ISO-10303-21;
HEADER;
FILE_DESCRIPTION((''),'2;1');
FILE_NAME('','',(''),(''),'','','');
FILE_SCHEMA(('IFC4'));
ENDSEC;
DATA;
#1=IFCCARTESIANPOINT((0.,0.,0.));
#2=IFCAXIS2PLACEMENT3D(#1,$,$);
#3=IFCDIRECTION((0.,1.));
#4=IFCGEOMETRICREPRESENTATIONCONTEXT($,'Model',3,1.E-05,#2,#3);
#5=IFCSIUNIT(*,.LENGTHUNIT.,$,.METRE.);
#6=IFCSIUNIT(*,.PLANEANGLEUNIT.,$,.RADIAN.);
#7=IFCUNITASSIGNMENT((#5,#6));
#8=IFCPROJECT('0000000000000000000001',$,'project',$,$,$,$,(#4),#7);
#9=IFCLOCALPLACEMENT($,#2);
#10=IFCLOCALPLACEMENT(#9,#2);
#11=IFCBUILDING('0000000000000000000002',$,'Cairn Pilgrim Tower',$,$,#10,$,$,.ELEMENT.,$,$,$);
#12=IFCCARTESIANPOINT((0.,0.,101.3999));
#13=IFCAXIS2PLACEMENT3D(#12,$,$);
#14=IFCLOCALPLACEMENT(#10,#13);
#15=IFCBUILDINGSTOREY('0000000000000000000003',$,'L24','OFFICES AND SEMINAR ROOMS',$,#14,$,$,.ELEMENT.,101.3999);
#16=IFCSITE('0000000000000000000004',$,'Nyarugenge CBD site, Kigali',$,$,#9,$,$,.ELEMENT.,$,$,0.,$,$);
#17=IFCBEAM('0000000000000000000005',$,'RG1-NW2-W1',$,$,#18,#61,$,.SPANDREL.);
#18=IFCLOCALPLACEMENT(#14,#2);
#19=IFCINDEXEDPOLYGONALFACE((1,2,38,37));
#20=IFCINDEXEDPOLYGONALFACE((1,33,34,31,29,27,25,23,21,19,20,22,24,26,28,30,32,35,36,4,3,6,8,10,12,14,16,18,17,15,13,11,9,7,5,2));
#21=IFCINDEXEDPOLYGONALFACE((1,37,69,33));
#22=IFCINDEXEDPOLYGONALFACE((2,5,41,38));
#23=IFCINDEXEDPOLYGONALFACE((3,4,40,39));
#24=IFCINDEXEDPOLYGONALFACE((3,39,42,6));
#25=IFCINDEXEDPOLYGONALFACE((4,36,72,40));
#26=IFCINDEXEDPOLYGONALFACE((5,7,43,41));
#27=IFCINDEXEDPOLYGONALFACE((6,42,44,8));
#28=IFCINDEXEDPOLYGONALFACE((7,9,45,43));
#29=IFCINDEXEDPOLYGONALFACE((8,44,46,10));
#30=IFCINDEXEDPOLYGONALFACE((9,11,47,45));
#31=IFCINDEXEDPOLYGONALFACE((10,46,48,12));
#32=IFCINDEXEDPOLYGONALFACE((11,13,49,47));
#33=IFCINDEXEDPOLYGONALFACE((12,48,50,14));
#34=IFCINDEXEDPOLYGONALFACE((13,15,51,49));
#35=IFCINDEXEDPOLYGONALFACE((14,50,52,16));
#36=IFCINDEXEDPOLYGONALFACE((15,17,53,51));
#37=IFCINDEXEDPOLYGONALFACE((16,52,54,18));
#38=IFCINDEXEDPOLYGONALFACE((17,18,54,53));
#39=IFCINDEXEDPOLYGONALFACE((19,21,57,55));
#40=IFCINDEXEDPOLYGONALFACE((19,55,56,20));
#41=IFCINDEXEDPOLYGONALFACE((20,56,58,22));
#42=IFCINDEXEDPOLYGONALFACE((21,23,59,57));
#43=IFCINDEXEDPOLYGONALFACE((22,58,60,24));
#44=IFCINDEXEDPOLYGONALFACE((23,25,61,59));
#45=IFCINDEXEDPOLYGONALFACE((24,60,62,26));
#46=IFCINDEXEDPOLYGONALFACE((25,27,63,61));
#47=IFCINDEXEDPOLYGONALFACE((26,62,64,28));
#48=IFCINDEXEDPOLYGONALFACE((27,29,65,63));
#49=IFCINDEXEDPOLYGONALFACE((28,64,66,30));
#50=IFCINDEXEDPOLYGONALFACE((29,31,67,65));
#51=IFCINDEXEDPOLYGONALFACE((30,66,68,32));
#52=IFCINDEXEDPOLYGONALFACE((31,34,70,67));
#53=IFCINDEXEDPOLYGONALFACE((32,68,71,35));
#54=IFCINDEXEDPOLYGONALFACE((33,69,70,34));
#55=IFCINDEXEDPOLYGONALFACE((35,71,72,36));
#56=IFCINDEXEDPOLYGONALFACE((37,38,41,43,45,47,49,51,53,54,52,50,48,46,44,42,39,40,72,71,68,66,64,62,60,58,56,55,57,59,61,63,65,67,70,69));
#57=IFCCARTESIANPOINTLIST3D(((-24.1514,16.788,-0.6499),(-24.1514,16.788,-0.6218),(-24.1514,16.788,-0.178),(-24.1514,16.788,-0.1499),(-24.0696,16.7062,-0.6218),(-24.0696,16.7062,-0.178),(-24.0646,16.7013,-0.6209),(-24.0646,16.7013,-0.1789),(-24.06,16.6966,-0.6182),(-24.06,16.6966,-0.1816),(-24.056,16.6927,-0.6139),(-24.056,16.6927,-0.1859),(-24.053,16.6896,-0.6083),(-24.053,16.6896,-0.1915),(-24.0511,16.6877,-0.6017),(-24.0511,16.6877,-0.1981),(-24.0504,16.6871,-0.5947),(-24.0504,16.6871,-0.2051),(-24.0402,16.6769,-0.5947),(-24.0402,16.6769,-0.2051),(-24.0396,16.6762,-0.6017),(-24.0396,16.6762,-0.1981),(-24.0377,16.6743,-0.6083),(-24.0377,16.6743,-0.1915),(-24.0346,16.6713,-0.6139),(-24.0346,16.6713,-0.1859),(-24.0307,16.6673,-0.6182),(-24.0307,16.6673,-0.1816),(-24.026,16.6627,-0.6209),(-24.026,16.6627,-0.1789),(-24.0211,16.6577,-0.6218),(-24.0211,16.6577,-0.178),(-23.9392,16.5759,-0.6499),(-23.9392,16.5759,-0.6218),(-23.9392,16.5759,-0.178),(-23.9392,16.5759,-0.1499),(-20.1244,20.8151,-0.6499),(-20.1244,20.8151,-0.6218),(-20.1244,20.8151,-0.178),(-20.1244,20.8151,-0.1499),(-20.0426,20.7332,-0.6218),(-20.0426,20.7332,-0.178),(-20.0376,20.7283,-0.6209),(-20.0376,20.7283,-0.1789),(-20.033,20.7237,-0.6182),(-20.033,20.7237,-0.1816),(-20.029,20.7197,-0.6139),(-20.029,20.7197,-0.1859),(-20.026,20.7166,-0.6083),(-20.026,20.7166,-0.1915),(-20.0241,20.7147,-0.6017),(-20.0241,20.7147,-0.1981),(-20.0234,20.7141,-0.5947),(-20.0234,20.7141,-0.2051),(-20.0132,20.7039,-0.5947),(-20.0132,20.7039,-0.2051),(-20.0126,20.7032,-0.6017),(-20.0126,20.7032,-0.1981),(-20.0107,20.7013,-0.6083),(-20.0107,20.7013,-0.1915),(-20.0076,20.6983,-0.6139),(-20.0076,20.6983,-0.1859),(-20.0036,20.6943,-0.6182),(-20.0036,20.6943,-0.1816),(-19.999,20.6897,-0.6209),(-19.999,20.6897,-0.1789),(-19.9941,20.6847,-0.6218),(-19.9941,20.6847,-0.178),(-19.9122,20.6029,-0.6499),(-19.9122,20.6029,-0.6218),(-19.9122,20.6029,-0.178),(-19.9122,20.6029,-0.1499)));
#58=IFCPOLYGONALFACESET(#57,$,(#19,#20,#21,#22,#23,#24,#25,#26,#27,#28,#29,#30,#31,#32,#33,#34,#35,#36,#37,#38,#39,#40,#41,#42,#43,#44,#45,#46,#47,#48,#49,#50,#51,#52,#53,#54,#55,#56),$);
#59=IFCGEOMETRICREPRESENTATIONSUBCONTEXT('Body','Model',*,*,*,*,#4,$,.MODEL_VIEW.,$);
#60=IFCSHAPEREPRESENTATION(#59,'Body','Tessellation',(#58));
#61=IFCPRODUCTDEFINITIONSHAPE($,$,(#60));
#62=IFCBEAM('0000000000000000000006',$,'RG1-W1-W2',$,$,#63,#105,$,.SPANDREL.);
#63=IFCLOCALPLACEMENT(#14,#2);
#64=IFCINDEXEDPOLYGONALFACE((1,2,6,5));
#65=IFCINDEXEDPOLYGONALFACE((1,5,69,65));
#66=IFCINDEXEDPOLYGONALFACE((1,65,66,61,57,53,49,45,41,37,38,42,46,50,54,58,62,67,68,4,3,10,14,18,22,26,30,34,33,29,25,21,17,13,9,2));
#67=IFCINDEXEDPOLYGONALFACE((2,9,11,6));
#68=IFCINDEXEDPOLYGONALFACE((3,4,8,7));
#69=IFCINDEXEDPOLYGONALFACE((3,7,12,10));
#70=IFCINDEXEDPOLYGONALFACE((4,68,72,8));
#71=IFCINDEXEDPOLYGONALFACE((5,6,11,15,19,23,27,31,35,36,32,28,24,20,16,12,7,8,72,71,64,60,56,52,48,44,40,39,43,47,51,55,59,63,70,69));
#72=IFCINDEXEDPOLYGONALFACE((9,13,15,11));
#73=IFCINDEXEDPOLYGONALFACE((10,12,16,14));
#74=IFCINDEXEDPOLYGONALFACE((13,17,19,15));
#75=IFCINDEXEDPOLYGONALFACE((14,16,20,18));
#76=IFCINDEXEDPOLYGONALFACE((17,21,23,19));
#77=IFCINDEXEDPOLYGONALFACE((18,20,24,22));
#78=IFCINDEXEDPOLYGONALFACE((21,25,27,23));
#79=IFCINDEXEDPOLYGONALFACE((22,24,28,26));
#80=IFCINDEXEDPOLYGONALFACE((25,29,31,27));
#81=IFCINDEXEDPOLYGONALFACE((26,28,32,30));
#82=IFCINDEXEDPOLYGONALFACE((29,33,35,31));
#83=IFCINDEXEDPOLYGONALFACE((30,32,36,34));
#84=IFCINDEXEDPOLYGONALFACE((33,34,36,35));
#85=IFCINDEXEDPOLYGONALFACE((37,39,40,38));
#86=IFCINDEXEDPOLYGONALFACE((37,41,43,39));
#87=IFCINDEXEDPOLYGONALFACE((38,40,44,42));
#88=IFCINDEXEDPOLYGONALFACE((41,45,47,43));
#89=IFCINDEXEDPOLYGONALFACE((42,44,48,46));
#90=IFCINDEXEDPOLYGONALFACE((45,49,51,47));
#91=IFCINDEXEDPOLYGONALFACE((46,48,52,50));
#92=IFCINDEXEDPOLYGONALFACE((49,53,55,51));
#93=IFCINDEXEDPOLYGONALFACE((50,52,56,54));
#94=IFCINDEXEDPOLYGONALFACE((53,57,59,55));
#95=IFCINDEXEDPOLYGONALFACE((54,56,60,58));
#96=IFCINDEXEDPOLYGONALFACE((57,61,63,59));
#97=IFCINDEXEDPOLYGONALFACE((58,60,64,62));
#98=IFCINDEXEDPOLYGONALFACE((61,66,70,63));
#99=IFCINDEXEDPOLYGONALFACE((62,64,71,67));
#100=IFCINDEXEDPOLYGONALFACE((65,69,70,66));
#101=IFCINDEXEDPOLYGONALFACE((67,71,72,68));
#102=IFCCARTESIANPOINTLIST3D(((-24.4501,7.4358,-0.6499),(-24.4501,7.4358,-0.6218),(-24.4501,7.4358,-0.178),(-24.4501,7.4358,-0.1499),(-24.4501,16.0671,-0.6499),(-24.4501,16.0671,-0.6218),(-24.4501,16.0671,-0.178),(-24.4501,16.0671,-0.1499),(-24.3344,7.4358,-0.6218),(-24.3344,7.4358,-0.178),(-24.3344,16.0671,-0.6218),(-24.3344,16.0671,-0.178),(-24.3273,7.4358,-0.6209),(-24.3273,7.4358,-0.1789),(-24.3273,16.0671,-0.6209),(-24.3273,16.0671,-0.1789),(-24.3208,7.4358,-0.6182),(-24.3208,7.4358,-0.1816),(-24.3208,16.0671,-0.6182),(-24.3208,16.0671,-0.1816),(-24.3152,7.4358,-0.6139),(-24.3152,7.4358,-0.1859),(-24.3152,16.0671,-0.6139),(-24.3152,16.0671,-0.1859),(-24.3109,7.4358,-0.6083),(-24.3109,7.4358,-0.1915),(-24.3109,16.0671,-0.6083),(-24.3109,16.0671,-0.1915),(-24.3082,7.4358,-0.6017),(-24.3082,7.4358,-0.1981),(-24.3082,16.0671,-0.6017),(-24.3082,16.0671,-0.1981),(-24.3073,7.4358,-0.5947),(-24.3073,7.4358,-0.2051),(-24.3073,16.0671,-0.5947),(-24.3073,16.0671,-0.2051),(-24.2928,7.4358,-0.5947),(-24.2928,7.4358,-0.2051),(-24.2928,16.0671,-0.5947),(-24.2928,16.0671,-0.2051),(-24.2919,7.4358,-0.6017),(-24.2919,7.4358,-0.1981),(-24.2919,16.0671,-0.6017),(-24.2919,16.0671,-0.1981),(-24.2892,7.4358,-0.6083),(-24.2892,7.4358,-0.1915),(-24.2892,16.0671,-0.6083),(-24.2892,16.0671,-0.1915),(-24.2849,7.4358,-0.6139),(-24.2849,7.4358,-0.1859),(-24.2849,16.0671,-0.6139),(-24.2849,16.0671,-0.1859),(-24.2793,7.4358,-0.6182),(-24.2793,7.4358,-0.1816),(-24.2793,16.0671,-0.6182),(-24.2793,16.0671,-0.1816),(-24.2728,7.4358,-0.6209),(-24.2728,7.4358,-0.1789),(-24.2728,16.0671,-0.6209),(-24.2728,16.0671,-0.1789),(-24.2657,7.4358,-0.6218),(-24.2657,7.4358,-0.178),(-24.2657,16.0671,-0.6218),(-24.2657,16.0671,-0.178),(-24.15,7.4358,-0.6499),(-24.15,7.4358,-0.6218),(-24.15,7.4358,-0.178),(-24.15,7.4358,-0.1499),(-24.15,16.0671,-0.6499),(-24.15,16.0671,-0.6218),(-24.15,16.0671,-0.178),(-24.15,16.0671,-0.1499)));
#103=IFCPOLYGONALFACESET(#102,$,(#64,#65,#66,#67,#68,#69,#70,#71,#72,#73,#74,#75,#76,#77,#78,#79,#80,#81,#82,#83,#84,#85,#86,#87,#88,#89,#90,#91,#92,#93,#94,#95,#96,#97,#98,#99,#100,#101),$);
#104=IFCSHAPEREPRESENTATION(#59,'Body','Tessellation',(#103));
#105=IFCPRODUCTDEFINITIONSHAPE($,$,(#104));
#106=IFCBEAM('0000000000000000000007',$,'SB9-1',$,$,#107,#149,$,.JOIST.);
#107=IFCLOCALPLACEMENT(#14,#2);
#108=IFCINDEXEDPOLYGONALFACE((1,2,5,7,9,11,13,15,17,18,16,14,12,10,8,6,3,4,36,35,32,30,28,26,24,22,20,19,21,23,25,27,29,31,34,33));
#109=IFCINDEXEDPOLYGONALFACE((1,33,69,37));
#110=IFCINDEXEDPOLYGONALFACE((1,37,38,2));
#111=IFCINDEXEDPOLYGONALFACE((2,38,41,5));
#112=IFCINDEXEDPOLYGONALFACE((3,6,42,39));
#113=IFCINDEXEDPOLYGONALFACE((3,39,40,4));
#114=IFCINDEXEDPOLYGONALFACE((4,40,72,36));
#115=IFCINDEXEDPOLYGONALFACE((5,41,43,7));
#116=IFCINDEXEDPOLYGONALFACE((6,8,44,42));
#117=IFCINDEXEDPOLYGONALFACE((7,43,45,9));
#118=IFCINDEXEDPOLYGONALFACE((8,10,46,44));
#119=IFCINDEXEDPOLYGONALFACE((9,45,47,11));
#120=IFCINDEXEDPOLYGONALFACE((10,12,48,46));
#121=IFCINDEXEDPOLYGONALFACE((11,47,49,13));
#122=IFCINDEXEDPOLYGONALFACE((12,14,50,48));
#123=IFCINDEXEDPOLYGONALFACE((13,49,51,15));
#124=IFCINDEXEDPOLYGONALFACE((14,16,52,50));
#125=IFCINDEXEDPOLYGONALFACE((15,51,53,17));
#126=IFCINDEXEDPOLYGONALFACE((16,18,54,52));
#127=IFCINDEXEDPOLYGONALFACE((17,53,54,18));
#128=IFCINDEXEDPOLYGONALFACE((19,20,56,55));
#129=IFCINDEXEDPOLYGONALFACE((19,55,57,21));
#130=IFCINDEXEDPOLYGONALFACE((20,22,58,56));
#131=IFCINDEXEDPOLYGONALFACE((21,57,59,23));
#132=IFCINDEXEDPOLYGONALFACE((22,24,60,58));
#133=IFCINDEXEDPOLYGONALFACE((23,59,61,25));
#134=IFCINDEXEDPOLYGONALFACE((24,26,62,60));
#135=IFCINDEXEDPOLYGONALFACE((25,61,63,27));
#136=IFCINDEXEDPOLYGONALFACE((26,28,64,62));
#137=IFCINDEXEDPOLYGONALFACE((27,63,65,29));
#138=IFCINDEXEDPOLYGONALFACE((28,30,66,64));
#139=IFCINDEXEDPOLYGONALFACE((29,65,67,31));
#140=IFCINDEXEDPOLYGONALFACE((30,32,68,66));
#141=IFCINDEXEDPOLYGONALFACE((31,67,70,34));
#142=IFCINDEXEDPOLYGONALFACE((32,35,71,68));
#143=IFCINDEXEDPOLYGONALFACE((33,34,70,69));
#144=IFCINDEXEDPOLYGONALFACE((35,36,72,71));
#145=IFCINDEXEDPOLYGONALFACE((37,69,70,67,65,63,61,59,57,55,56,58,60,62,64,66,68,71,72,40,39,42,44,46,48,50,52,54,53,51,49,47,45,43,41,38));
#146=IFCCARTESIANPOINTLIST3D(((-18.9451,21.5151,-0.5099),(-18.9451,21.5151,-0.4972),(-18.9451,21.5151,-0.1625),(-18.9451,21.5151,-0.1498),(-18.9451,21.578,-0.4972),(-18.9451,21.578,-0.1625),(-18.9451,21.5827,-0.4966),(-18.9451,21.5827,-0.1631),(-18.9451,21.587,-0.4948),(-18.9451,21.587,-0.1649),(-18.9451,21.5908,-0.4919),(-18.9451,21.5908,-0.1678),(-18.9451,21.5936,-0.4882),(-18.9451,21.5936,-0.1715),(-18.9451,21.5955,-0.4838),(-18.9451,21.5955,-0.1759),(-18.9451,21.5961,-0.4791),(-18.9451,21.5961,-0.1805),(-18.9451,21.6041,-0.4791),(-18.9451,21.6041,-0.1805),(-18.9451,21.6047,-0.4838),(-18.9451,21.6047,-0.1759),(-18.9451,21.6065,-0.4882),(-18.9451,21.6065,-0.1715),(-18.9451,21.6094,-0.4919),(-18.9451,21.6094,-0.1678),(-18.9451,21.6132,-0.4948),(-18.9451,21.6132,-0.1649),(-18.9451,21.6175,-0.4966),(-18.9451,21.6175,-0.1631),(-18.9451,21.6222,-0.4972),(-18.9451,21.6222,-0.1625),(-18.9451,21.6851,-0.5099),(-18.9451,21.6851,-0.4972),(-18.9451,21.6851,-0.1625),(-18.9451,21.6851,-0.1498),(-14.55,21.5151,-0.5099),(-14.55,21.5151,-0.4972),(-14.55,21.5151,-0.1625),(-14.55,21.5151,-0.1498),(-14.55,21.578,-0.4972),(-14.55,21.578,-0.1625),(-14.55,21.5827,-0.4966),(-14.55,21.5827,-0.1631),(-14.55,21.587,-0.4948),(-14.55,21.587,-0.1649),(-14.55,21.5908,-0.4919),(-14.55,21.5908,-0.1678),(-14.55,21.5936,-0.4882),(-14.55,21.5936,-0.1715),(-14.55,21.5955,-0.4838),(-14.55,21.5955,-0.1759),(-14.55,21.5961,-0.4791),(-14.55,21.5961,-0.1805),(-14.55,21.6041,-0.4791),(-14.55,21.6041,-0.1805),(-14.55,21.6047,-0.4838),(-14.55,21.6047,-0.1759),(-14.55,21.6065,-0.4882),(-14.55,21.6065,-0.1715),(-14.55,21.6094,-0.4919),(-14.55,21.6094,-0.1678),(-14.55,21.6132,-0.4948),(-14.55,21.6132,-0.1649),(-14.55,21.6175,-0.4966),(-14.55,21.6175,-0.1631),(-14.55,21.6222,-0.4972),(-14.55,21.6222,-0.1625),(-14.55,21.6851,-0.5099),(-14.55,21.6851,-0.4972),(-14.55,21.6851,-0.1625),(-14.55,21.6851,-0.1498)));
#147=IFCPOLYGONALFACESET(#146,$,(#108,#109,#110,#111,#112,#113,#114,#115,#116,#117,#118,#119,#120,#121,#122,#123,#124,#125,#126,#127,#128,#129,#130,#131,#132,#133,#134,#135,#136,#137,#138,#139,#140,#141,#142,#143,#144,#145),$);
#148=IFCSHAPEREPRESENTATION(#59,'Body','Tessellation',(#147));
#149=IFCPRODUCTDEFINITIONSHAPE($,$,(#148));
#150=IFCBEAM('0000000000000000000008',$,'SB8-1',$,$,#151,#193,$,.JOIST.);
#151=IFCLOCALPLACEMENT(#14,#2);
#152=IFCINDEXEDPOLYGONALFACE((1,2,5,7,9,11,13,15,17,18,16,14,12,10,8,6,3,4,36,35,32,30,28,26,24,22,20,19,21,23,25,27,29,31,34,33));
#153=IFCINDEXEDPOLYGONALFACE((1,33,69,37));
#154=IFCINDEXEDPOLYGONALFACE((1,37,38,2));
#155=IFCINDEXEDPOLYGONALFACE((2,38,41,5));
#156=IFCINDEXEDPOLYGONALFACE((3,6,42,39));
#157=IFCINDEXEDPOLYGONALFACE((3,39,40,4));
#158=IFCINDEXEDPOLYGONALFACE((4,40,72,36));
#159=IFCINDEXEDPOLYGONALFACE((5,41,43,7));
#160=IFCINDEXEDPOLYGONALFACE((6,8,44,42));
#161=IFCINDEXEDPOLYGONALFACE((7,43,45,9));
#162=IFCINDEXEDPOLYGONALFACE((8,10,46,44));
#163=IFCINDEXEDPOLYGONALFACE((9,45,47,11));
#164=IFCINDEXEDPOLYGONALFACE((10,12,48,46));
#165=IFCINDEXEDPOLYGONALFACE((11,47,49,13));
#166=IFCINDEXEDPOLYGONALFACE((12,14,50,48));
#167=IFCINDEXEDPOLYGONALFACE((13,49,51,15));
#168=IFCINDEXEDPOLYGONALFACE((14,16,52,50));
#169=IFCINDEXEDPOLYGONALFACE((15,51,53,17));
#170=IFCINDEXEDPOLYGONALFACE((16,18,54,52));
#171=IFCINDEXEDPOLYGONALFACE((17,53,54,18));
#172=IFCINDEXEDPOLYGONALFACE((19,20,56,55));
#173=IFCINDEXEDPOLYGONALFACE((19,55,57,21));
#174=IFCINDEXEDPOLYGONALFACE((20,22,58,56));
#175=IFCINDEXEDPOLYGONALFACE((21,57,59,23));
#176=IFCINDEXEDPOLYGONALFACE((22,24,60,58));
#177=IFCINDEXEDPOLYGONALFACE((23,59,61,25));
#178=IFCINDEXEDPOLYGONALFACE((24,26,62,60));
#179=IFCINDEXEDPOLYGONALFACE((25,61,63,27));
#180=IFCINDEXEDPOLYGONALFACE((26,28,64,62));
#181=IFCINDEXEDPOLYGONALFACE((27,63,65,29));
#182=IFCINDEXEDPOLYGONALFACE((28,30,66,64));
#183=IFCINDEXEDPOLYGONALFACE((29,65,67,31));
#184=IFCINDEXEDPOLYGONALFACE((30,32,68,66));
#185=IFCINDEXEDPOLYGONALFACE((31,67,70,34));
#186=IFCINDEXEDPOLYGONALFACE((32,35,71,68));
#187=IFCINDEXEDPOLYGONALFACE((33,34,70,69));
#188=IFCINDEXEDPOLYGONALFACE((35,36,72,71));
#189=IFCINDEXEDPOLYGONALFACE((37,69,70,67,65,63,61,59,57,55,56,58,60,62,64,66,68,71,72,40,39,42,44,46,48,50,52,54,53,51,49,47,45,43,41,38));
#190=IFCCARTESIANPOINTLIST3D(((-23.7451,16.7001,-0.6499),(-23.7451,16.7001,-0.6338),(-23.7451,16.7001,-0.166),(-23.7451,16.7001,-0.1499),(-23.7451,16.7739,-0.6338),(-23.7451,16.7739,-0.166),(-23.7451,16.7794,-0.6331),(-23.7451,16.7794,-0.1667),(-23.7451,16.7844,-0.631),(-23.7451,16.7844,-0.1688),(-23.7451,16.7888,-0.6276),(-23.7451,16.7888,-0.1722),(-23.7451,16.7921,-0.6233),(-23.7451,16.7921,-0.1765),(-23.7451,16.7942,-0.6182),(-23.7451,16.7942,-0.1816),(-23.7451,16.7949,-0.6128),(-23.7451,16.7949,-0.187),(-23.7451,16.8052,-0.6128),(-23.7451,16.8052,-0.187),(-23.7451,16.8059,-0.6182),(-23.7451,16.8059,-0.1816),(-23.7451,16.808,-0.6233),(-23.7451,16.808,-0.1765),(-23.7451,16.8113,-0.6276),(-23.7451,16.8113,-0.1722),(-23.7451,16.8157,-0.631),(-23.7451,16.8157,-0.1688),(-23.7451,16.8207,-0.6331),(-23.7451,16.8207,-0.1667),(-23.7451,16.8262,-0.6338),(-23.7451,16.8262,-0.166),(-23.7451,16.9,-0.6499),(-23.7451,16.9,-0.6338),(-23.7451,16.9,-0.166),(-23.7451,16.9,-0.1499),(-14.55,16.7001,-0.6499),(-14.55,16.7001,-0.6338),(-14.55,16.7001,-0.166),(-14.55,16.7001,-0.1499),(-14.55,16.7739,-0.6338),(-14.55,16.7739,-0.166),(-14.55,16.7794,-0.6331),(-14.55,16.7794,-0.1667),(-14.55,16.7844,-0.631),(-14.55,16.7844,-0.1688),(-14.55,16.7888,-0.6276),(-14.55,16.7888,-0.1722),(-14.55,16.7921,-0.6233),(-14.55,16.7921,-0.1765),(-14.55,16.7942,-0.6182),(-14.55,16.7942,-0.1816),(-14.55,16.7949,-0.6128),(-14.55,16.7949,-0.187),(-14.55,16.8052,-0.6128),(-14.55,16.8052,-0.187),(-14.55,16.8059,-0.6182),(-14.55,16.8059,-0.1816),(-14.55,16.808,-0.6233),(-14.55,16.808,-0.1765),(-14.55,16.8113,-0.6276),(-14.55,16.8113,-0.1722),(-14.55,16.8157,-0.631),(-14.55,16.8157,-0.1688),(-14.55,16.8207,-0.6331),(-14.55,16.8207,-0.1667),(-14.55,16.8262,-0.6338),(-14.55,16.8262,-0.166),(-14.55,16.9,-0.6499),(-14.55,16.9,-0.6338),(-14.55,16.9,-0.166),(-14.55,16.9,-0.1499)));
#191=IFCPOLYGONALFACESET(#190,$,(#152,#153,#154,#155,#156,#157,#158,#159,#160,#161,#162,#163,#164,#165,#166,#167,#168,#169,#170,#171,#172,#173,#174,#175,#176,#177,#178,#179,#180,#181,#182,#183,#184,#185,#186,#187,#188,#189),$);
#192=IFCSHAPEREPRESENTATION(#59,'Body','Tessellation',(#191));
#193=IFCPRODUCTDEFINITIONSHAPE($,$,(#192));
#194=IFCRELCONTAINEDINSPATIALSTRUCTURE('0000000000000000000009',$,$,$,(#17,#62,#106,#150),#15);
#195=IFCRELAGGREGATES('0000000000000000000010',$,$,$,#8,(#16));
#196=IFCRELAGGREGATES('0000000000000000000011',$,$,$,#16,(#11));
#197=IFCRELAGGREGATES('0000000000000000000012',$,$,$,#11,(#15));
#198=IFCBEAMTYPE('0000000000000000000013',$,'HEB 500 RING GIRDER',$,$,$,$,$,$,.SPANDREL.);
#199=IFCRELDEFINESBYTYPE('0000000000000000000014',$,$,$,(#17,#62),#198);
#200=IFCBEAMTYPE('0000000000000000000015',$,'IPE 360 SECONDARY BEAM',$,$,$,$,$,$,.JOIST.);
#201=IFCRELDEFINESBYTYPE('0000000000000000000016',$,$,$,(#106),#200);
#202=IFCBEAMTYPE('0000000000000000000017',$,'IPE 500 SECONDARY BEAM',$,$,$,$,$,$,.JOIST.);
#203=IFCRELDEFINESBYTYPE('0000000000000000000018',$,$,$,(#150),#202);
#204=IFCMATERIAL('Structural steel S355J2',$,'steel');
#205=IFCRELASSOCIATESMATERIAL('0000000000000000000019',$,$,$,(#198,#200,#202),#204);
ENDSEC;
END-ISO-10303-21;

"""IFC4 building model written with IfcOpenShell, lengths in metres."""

from ifc_helpers import new_model, si_unit, direction, frame, origin, origin_2d, place, context, subcontext, project, spatial, i_section, extrude, material, material_profile, profile_set, type_object, element, save


model = new_model("IFC4")

# Units and contexts
model_context = context("Model", 3, precision=1e-05, world=origin(), true_north=direction((0.0, 1.0)))
body_context = subcontext(model_context, "Body", "Model", "MODEL_VIEW")
ifc_project = project(units=[si_unit("LENGTHUNIT", "METRE"), si_unit("PLANEANGLEUNIT", "RADIAN")], contexts=[model_context])

# Site, building, storey
site_placement = place(None, origin())
site = spatial("IfcSite", under=ifc_project, at=site_placement, Name="Nyarugenge CBD site, Kigali", CompositionType="ELEMENT", RefElevation=0.0)
building_placement = place(site_placement, origin())
building = spatial("IfcBuilding", under=site, at=building_placement, Name="Cairn Pilgrim Tower", CompositionType="ELEMENT")
storey_placement = place(building_placement, frame((0.0, 0.0, 101.3999)))
storey = spatial("IfcBuildingStorey", under=building, at=storey_placement, Name="L24", Description="OFFICES AND SEMINAR ROOMS", CompositionType="ELEMENT", Elevation=101.3999)

# Shared definitions
ifc_material_1 = material(Name="Structural steel S355J2", Category="steel")

# Beams
ifc_material_profile_1 = material_profile(ifc_material_1, i_section(OverallWidth=0.3, OverallDepth=0.5, WebThickness=0.0144, FlangeThickness=0.0281, FilletRadius=0.0271, at=origin_2d()), Name="HEB 500")
ifc_profile_set_1 = profile_set([ifc_material_profile_1], Name="Structural steel S355J2")
beam_type_1 = type_object("IfcBeamType", Name="HEB 500 RING GIRDER", PredefinedType="SPANDREL", material=ifc_profile_set_1)
beam_1_placement = place(storey_placement, frame((-20.0183, 20.709, -0.3999), z_axis=(-0.707107, -0.707107, 0.0), x_axis=(0.707107, -0.707107, 0.0)))
element("IfcBeam", 1, at=beam_1_placement, inside=storey, type_object=beam_type_1, Name="RG1-NW2-W1", PredefinedType="SPANDREL", context=body_context, shape_type="SweptSolid", body=[
    extrude(i_section(OverallWidth=0.3, OverallDepth=0.5, WebThickness=0.0144, FlangeThickness=0.0281, FilletRadius=0.0271, at=origin_2d()), origin(), (0.0, 0.0, 1.0), 5.6951),
])
beam_2_placement = place(storey_placement, frame((-24.3, 16.0671, -0.3999), z_axis=(0.0, -1.0, 0.0), x_axis=(1.0, 0.0, 0.0)))
element("IfcBeam", 2, at=beam_2_placement, inside=storey, type_object=beam_type_1, Name="RG1-W1-W2", PredefinedType="SPANDREL", context=body_context, shape_type="SweptSolid", body=[
    extrude(i_section(OverallWidth=0.3, OverallDepth=0.5, WebThickness=0.0144, FlangeThickness=0.0281, FilletRadius=0.0271, at=origin_2d()), origin(), (0.0, 0.0, 1.0), 8.6313),
])
ifc_material_profile_2 = material_profile(ifc_material_1, i_section(OverallWidth=0.1699, OverallDepth=0.3601, WebThickness=0.0081, FlangeThickness=0.0127, FilletRadius=0.0181, at=origin_2d()), Name="IPE 360")
ifc_profile_set_2 = profile_set([ifc_material_profile_2], Name="Structural steel S355J2")
beam_type_2 = type_object("IfcBeamType", Name="IPE 360 SECONDARY BEAM", PredefinedType="JOIST", material=ifc_profile_set_2)
beam_3_placement = place(storey_placement, frame((-18.9451, 21.6001, -0.3298), z_axis=(1.0, 0.0, 0.0), x_axis=(0.0, 1.0, 0.0)))
element("IfcBeam", 3, at=beam_3_placement, inside=storey, type_object=beam_type_2, Name="SB9-1", PredefinedType="JOIST", context=body_context, shape_type="SweptSolid", body=[
    extrude(i_section(OverallWidth=0.1699, OverallDepth=0.3601, WebThickness=0.0081, FlangeThickness=0.0127, FilletRadius=0.0181, at=origin_2d()), origin(), (0.0, 0.0, 1.0), 4.395),
])
ifc_material_profile_3 = material_profile(ifc_material_1, i_section(OverallWidth=0.2, OverallDepth=0.5, WebThickness=0.0103, FlangeThickness=0.0161, FilletRadius=0.021, at=origin_2d()), Name="IPE 500")
ifc_profile_set_3 = profile_set([ifc_material_profile_3], Name="Structural steel S355J2")
beam_type_3 = type_object("IfcBeamType", Name="IPE 500 SECONDARY BEAM", PredefinedType="JOIST", material=ifc_profile_set_3)
beam_4_placement = place(storey_placement, frame((-23.7451, 16.8, -0.3999), z_axis=(1.0, 0.0, 0.0), x_axis=(0.0, 1.0, 0.0)))
element("IfcBeam", 4, at=beam_4_placement, inside=storey, type_object=beam_type_3, Name="SB8-1", PredefinedType="JOIST", context=body_context, shape_type="SweptSolid", body=[
    extrude(i_section(OverallWidth=0.2, OverallDepth=0.5, WebThickness=0.0103, FlangeThickness=0.0161, FilletRadius=0.021, at=origin_2d()), origin(), (0.0, 0.0, 1.0), 9.1951),
])

save(model, "model.ifc")
